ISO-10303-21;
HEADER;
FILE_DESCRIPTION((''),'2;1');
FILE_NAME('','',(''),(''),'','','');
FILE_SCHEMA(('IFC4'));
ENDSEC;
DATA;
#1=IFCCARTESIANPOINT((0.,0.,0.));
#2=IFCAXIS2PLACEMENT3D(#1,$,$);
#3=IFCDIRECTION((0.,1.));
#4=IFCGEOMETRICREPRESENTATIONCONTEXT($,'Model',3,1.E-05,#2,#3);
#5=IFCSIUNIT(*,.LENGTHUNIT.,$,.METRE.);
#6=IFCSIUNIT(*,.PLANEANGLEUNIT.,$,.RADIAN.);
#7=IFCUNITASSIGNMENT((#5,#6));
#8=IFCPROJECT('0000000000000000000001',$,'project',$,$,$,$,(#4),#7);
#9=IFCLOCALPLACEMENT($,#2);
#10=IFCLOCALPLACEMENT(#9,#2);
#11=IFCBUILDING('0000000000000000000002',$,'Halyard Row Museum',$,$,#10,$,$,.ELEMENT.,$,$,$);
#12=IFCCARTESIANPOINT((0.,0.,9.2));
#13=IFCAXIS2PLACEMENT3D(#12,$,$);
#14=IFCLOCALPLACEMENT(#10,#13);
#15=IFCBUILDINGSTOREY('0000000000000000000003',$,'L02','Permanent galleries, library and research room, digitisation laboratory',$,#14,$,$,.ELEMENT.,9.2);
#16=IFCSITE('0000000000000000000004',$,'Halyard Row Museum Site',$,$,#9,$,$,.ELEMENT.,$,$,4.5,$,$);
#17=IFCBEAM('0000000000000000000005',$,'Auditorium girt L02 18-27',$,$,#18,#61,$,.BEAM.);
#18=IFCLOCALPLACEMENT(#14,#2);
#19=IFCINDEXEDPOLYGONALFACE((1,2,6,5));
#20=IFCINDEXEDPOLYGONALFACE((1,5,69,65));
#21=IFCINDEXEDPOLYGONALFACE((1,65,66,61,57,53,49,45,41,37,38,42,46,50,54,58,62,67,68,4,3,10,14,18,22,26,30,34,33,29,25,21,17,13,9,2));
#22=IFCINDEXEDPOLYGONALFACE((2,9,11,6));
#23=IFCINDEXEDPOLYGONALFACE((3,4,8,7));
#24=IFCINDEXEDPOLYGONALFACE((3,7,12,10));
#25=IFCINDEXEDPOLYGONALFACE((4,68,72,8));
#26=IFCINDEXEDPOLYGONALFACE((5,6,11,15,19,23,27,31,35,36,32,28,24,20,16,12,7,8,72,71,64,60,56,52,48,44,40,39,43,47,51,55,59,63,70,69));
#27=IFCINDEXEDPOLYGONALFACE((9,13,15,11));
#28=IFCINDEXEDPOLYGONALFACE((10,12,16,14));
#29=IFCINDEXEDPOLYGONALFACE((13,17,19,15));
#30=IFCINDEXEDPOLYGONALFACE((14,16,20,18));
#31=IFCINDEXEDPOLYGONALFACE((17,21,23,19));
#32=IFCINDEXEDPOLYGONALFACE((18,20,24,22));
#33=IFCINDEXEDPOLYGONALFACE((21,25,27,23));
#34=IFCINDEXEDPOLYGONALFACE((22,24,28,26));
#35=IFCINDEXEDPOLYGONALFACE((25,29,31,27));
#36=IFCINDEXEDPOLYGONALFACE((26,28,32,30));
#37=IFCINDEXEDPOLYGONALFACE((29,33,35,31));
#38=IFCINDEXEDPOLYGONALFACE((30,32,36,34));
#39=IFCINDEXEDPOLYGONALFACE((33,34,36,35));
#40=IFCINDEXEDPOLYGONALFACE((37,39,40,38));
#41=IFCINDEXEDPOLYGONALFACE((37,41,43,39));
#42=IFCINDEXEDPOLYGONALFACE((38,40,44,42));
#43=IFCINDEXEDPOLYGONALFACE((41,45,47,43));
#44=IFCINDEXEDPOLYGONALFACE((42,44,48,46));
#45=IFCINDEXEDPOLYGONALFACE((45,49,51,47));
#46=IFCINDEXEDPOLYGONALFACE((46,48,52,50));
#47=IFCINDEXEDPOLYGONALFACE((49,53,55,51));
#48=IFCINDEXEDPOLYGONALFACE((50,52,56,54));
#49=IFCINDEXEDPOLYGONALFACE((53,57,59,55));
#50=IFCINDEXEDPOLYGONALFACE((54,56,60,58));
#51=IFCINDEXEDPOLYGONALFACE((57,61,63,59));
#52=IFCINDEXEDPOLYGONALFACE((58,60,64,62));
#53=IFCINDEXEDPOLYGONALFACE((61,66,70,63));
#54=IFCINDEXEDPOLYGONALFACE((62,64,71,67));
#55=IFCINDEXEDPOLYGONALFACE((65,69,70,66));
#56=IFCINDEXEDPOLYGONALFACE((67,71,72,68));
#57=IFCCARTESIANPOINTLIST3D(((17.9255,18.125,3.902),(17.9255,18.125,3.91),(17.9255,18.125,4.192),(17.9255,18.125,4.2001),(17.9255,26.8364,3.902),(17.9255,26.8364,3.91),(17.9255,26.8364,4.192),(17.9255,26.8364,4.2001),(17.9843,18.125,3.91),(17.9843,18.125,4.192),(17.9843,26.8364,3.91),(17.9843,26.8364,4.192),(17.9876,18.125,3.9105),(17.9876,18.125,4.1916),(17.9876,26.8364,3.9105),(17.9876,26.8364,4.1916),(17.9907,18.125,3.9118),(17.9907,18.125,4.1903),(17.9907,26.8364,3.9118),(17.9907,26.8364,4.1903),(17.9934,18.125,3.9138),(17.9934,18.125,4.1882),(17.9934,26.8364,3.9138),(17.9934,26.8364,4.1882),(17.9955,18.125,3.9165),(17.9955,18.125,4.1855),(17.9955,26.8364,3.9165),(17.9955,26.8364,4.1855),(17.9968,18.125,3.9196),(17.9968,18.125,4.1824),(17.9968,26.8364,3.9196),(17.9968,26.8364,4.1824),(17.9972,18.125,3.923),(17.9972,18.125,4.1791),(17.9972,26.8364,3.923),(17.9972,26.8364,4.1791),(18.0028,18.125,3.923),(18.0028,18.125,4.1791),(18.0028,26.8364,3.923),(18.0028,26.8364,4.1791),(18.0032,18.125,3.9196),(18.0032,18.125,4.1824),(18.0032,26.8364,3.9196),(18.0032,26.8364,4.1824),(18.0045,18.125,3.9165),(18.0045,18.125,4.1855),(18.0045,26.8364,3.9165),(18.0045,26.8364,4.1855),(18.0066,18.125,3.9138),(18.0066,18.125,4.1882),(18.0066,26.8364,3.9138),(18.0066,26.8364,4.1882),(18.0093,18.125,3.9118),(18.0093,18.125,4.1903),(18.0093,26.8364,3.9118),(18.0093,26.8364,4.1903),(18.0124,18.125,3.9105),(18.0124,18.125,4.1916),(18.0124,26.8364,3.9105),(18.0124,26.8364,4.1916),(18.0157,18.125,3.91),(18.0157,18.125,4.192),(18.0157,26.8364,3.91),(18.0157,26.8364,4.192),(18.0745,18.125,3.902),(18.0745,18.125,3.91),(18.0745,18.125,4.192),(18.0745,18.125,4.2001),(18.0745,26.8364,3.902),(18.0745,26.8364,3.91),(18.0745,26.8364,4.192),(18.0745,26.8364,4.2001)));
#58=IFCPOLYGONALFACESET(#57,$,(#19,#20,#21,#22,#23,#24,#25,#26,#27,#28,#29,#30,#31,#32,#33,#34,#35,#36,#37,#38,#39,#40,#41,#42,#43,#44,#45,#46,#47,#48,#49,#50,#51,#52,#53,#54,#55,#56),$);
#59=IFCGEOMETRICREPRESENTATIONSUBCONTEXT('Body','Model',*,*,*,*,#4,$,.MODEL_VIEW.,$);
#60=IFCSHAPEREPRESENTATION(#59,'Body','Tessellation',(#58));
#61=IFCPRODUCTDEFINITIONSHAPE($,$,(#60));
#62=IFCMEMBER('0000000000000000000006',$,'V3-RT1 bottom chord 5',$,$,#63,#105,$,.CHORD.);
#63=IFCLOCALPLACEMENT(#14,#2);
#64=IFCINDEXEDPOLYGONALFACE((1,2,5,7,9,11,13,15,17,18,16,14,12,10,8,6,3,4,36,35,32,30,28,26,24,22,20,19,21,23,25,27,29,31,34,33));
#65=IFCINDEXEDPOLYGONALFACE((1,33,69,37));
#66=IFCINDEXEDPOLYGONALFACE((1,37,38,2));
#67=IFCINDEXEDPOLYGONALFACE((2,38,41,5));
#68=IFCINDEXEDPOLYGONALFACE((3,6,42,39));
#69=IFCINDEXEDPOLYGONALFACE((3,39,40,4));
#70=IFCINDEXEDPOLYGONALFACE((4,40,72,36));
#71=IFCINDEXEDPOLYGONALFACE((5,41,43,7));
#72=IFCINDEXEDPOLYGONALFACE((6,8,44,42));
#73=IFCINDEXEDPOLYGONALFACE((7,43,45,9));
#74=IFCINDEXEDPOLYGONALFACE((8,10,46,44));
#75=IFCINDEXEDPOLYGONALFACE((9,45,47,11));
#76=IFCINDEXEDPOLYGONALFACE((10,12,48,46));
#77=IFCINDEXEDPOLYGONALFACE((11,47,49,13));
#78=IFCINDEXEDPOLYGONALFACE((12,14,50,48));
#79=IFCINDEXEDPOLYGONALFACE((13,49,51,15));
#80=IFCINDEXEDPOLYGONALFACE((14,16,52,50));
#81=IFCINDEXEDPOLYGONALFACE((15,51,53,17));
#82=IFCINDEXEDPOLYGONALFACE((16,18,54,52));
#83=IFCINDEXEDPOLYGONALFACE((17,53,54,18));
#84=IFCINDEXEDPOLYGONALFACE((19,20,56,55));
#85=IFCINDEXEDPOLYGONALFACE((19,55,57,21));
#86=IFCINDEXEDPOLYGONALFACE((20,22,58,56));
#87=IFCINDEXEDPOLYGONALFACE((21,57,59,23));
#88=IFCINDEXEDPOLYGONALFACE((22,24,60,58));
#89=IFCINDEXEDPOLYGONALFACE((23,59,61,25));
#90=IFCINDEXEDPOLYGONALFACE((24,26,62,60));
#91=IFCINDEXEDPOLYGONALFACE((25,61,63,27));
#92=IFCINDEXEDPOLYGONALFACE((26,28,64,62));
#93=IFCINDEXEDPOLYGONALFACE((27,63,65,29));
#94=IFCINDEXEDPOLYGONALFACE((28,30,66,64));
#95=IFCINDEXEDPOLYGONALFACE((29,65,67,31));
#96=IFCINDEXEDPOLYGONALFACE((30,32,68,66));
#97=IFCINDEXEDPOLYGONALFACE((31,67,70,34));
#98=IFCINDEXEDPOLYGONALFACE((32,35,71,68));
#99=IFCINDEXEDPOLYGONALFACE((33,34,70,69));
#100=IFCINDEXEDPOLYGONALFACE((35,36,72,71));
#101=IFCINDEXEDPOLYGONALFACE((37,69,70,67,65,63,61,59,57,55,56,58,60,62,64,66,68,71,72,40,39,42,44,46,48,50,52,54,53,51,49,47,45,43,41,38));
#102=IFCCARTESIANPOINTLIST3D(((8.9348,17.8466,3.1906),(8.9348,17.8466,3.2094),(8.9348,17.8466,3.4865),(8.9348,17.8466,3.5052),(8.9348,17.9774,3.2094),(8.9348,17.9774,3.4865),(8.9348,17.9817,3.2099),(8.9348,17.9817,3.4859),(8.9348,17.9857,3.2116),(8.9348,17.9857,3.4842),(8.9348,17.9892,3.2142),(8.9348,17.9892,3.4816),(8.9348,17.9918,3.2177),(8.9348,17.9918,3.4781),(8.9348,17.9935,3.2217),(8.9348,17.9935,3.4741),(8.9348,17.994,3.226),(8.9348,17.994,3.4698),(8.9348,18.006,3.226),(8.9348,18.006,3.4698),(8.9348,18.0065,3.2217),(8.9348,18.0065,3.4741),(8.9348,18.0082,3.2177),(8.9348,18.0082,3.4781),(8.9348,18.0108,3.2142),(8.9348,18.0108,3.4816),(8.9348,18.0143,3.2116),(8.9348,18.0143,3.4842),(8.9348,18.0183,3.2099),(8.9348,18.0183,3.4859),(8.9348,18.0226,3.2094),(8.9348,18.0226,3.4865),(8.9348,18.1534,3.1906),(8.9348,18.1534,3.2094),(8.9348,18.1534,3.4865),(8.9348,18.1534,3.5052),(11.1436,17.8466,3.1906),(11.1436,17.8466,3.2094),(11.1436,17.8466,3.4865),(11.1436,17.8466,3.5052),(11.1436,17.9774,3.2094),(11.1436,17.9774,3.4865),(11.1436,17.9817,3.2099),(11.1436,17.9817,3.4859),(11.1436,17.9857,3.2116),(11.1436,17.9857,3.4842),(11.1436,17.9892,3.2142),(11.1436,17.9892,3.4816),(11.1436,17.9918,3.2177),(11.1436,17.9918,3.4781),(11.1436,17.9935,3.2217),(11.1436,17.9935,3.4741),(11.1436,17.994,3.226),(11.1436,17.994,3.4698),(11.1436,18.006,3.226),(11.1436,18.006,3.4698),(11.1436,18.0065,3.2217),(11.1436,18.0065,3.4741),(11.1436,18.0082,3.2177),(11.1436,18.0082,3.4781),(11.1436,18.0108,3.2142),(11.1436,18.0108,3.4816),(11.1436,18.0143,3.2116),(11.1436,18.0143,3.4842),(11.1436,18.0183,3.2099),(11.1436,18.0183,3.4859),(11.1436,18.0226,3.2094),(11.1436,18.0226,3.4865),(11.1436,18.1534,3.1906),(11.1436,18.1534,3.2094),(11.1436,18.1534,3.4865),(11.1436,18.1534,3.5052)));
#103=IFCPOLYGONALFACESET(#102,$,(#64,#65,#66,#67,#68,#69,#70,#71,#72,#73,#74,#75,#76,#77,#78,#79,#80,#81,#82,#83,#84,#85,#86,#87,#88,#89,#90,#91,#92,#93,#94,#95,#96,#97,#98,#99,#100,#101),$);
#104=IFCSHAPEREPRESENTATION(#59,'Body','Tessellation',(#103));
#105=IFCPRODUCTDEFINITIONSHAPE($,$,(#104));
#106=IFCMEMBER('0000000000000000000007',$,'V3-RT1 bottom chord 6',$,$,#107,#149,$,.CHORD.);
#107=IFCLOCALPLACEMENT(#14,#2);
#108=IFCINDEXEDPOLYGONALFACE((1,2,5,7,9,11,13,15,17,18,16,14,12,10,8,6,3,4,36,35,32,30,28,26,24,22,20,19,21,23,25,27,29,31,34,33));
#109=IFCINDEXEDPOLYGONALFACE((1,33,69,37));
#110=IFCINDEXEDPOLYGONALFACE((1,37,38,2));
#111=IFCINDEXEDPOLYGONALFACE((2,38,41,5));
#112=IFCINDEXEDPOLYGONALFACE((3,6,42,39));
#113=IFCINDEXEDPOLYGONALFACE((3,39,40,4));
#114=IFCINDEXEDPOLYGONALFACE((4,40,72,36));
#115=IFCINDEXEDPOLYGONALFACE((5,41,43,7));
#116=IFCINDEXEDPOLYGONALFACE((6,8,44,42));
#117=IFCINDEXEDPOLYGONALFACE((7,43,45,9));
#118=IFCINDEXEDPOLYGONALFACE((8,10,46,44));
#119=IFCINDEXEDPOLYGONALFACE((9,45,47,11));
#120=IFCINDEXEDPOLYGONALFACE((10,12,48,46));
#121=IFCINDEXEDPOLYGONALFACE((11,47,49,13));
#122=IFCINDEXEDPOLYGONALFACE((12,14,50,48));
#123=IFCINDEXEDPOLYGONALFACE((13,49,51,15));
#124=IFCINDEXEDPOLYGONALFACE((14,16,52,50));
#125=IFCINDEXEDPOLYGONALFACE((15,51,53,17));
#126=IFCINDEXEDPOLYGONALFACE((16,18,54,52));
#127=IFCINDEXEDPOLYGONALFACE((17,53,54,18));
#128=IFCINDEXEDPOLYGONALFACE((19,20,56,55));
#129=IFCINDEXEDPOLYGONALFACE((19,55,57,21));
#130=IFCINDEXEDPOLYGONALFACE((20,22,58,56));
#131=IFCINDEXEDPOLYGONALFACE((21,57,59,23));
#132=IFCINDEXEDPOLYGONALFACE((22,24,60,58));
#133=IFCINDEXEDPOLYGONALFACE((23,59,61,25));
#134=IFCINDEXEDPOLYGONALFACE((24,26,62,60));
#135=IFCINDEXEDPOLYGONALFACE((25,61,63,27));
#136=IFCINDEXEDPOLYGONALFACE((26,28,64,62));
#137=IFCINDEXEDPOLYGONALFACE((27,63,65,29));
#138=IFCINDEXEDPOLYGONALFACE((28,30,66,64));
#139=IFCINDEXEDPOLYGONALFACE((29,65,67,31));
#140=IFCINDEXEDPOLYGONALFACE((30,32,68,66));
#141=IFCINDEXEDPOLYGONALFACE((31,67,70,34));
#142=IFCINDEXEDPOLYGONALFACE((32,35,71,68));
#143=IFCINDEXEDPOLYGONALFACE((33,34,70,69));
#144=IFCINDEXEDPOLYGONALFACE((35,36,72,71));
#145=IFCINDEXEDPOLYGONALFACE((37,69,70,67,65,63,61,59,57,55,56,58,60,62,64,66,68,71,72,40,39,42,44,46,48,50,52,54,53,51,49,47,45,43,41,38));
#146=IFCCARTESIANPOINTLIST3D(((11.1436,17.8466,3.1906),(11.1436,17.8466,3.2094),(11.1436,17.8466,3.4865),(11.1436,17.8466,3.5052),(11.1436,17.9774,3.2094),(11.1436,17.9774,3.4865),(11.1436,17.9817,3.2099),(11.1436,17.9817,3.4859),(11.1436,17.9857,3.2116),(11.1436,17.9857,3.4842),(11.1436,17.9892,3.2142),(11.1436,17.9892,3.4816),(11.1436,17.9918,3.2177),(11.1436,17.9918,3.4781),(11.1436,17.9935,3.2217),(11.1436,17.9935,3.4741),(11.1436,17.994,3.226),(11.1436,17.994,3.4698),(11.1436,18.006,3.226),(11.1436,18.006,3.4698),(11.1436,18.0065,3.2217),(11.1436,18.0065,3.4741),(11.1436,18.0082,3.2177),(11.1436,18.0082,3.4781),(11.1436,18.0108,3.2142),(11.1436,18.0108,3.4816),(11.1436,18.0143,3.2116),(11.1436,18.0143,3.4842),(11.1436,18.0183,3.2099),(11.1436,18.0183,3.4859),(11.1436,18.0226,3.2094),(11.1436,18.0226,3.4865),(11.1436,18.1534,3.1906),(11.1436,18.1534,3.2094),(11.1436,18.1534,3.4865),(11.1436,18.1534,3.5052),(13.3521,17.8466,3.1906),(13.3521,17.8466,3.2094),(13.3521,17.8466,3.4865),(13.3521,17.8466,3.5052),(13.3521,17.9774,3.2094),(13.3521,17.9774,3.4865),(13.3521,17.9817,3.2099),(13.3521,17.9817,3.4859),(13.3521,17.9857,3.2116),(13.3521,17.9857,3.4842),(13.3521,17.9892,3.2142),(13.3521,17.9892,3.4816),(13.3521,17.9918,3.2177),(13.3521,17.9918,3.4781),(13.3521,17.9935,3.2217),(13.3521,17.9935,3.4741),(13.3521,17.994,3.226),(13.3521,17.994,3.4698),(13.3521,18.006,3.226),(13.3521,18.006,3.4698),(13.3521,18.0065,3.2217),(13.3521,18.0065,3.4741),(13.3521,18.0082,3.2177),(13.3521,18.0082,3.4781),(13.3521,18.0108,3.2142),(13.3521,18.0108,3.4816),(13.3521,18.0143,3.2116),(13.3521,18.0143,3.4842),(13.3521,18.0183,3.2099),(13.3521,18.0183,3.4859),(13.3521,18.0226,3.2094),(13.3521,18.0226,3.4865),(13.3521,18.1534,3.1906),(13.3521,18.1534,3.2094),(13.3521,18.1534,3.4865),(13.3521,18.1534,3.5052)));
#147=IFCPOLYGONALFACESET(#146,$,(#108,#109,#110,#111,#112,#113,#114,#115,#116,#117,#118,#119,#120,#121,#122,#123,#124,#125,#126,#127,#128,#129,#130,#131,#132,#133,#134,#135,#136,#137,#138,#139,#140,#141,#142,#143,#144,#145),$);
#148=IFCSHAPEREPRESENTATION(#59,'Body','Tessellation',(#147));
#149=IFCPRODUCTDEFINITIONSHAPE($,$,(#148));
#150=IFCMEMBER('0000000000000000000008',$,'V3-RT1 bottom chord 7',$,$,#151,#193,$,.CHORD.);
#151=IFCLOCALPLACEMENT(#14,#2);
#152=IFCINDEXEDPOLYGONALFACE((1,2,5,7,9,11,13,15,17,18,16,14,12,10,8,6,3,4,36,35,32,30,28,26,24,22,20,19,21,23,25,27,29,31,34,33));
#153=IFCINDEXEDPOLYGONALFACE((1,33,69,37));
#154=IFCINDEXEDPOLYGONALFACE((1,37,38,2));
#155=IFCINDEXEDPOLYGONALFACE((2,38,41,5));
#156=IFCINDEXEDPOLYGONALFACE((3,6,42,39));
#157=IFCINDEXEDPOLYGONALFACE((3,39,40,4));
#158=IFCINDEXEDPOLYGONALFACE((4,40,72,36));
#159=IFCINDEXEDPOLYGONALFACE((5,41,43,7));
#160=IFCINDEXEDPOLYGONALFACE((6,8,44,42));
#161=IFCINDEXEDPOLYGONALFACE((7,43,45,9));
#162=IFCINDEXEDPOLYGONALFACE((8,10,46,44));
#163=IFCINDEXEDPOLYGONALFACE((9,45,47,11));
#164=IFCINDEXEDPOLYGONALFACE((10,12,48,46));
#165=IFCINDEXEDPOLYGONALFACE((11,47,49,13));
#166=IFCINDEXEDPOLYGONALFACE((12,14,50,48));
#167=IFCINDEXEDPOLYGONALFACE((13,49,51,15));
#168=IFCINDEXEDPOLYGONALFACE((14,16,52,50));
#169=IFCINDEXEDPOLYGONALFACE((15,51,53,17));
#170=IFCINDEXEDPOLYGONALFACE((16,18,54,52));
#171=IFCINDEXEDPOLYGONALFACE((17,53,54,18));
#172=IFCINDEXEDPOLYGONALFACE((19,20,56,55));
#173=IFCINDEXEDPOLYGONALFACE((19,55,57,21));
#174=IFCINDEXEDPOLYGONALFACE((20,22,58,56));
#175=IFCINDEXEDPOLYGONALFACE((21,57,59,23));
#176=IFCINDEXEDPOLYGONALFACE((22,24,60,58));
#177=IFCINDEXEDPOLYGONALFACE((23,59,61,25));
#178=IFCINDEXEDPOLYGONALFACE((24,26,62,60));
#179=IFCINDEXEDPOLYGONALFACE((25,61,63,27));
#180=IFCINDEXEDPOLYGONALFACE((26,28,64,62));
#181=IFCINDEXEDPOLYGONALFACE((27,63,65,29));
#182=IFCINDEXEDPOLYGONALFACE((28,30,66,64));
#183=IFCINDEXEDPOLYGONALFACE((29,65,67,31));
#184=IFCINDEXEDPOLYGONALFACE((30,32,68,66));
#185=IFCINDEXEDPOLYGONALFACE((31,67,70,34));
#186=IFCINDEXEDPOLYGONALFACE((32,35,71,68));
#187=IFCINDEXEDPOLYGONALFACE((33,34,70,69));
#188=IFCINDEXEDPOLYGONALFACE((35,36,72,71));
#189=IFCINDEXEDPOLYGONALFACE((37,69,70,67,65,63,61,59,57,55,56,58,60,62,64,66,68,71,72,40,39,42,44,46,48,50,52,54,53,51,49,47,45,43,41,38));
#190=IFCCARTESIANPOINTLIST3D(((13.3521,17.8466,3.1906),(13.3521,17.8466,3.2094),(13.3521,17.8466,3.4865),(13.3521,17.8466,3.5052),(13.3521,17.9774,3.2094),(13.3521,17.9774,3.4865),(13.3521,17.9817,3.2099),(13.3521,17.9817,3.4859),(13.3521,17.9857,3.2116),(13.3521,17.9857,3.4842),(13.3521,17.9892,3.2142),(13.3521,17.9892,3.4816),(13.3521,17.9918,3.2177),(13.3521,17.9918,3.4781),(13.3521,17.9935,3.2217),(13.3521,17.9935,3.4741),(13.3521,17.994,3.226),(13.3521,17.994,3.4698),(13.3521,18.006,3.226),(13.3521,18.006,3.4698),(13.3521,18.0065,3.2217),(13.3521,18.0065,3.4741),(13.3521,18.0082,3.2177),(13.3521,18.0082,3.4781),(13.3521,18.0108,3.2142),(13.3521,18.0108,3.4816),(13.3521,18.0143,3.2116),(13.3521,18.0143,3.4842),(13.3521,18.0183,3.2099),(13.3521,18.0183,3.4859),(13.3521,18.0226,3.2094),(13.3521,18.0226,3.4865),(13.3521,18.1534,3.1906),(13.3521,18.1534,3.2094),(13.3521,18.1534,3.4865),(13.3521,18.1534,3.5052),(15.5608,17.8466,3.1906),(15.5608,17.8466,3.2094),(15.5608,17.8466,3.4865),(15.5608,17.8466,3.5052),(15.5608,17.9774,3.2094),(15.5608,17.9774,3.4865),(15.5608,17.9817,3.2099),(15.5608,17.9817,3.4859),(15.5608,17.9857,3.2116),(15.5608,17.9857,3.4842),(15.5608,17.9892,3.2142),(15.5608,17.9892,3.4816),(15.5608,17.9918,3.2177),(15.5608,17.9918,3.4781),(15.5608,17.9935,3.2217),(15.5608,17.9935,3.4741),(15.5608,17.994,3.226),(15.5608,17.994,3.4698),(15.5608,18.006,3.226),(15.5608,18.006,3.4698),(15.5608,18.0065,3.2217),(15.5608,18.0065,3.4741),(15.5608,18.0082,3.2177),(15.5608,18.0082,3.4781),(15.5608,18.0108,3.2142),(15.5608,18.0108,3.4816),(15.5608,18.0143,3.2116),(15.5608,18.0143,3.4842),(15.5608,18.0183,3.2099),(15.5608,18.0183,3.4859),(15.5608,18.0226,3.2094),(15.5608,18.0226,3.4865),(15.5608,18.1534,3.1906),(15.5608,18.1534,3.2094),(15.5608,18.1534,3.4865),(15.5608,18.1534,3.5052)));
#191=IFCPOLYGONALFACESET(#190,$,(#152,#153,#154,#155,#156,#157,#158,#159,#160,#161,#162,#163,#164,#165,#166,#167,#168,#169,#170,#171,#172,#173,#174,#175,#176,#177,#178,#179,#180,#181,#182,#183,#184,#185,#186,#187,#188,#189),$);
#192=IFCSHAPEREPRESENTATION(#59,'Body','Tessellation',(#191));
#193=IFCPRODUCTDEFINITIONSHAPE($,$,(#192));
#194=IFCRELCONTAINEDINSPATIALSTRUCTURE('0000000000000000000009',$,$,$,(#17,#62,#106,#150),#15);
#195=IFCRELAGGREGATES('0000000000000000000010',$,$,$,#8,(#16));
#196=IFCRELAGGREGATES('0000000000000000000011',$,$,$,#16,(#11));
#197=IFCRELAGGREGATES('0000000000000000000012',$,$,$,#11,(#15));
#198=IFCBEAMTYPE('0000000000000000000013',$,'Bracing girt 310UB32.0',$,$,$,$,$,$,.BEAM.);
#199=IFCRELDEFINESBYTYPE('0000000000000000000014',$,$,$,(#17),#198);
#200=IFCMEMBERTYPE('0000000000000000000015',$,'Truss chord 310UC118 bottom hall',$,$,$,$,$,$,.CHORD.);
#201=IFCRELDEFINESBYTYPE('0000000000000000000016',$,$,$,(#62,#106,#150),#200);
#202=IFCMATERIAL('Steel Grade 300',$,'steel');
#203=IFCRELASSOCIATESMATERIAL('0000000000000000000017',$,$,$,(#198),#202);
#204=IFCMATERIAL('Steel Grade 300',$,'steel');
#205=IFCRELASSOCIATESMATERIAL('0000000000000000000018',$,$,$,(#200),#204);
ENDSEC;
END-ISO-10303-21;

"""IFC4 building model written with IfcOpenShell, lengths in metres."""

from ifc_helpers import new_model, si_unit, direction, frame, origin, origin_2d, place, context, subcontext, project, spatial, i_section, extrude, material, material_profile, profile_set, type_object, element, save


model = new_model("IFC4")

# Units and contexts
model_context = context("Model", 3, precision=1e-05, world=origin(), true_north=direction((0.0, 1.0)))
body_context = subcontext(model_context, "Body", "Model", "MODEL_VIEW")
ifc_project = project(units=[si_unit("LENGTHUNIT", "METRE"), si_unit("PLANEANGLEUNIT", "RADIAN")], contexts=[model_context])

# Site, building, storey
site_placement = place(None, origin())
site = spatial("IfcSite", under=ifc_project, at=site_placement, Name="Halyard Row Museum Site", CompositionType="ELEMENT", RefElevation=4.5)
building_placement = place(site_placement, origin())
building = spatial("IfcBuilding", under=site, at=building_placement, Name="Halyard Row Museum", CompositionType="ELEMENT")
storey_placement = place(building_placement, frame((0.0, 0.0, 9.2)))
storey = spatial("IfcBuildingStorey", under=building, at=storey_placement, Name="L02", Description="Permanent galleries, library and research room, digitisation laboratory", CompositionType="ELEMENT", Elevation=9.2)

# Beam
ifc_material_1 = material(Name="Steel Grade 300", Category="steel")
ifc_material_profile_1 = material_profile(ifc_material_1, i_section(OverallWidth=0.1489, OverallDepth=0.2981, WebThickness=0.0056, FlangeThickness=0.0081, FilletRadius=0.0129, at=origin_2d()), Name="310UB32.0")
ifc_profile_set_1 = profile_set([ifc_material_profile_1], Name="Steel Grade 300")
beam_type = type_object("IfcBeamType", Name="Bracing girt 310UB32.0", PredefinedType="BEAM", material=ifc_profile_set_1)
beam_placement = place(storey_placement, frame((18.0, 18.125, 4.051), z_axis=(0.0, 1.0, 0.0), x_axis=(-1.0, 0.0, 0.0)))
element("IfcBeam", 1, at=beam_placement, inside=storey, type_object=beam_type, Name="Auditorium girt L02 18-27", PredefinedType="BEAM", context=body_context, shape_type="SweptSolid", body=[
    extrude(i_section(OverallWidth=0.1489, OverallDepth=0.2981, WebThickness=0.0056, FlangeThickness=0.0081, FilletRadius=0.0129, at=origin_2d()), origin(), (0.0, 0.0, 1.0), 8.7114),
])

# Members
ifc_material_2 = material(Name="Steel Grade 300", Category="steel")
ifc_material_profile_2 = material_profile(ifc_material_2, i_section(OverallWidth=0.3069, OverallDepth=0.3147, WebThickness=0.012, FlangeThickness=0.0188, FilletRadius=0.0166, at=origin_2d()), Name="310UC118")
ifc_profile_set_2 = profile_set([ifc_material_profile_2], Name="Steel Grade 300")
member_type_1 = type_object("IfcMemberType", Name="Truss chord 310UC118 bottom hall", PredefinedType="CHORD", material=ifc_profile_set_2)
member_1_placement = place(storey_placement, frame((8.9348, 18.0, 3.3479), z_axis=(1.0, 0.0, 0.0), x_axis=(0.0, 1.0, 0.0)))
element("IfcMember", 2, at=member_1_placement, inside=storey, type_object=member_type_1, Name="V3-RT1 bottom chord 5", PredefinedType="CHORD", context=body_context, shape_type="SweptSolid", body=[
    extrude(i_section(OverallWidth=0.3069, OverallDepth=0.3147, WebThickness=0.012, FlangeThickness=0.0188, FilletRadius=0.0166, at=origin_2d()), origin(), (0.0, 0.0, 1.0), 2.2087),
])
member_2_placement = place(storey_placement, frame((11.1436, 18.0, 3.3479), z_axis=(1.0, 0.0, 0.0), x_axis=(0.0, 1.0, 0.0)))
element("IfcMember", 3, at=member_2_placement, inside=storey, type_object=member_type_1, Name="V3-RT1 bottom chord 6", PredefinedType="CHORD", context=body_context, shape_type="SweptSolid", body=[
    extrude(i_section(OverallWidth=0.3069, OverallDepth=0.3147, WebThickness=0.012, FlangeThickness=0.0188, FilletRadius=0.0166, at=origin_2d()), origin(), (0.0, 0.0, 1.0), 2.2085),
])
for number, where, z_axis, x_axis, name in (
    (4, (13.3521, 18.0, 3.3479), (1.0, 0.0, 0.0), (0.0, 1.0, 0.0), "V3-RT1 bottom chord 7"),
):
    element("IfcMember", number, at=place(storey_placement, frame(where, z_axis=z_axis, x_axis=x_axis)), inside=storey, type_object=member_type_1, Name=name, PredefinedType="CHORD", context=body_context, shape_type="SweptSolid", body=[
        extrude(i_section(OverallWidth=0.3069, OverallDepth=0.3147, WebThickness=0.012, FlangeThickness=0.0188, FilletRadius=0.0166, at=origin_2d()), origin(), (0.0, 0.0, 1.0), 2.2087),
    ])

save(model, "model.ifc")
